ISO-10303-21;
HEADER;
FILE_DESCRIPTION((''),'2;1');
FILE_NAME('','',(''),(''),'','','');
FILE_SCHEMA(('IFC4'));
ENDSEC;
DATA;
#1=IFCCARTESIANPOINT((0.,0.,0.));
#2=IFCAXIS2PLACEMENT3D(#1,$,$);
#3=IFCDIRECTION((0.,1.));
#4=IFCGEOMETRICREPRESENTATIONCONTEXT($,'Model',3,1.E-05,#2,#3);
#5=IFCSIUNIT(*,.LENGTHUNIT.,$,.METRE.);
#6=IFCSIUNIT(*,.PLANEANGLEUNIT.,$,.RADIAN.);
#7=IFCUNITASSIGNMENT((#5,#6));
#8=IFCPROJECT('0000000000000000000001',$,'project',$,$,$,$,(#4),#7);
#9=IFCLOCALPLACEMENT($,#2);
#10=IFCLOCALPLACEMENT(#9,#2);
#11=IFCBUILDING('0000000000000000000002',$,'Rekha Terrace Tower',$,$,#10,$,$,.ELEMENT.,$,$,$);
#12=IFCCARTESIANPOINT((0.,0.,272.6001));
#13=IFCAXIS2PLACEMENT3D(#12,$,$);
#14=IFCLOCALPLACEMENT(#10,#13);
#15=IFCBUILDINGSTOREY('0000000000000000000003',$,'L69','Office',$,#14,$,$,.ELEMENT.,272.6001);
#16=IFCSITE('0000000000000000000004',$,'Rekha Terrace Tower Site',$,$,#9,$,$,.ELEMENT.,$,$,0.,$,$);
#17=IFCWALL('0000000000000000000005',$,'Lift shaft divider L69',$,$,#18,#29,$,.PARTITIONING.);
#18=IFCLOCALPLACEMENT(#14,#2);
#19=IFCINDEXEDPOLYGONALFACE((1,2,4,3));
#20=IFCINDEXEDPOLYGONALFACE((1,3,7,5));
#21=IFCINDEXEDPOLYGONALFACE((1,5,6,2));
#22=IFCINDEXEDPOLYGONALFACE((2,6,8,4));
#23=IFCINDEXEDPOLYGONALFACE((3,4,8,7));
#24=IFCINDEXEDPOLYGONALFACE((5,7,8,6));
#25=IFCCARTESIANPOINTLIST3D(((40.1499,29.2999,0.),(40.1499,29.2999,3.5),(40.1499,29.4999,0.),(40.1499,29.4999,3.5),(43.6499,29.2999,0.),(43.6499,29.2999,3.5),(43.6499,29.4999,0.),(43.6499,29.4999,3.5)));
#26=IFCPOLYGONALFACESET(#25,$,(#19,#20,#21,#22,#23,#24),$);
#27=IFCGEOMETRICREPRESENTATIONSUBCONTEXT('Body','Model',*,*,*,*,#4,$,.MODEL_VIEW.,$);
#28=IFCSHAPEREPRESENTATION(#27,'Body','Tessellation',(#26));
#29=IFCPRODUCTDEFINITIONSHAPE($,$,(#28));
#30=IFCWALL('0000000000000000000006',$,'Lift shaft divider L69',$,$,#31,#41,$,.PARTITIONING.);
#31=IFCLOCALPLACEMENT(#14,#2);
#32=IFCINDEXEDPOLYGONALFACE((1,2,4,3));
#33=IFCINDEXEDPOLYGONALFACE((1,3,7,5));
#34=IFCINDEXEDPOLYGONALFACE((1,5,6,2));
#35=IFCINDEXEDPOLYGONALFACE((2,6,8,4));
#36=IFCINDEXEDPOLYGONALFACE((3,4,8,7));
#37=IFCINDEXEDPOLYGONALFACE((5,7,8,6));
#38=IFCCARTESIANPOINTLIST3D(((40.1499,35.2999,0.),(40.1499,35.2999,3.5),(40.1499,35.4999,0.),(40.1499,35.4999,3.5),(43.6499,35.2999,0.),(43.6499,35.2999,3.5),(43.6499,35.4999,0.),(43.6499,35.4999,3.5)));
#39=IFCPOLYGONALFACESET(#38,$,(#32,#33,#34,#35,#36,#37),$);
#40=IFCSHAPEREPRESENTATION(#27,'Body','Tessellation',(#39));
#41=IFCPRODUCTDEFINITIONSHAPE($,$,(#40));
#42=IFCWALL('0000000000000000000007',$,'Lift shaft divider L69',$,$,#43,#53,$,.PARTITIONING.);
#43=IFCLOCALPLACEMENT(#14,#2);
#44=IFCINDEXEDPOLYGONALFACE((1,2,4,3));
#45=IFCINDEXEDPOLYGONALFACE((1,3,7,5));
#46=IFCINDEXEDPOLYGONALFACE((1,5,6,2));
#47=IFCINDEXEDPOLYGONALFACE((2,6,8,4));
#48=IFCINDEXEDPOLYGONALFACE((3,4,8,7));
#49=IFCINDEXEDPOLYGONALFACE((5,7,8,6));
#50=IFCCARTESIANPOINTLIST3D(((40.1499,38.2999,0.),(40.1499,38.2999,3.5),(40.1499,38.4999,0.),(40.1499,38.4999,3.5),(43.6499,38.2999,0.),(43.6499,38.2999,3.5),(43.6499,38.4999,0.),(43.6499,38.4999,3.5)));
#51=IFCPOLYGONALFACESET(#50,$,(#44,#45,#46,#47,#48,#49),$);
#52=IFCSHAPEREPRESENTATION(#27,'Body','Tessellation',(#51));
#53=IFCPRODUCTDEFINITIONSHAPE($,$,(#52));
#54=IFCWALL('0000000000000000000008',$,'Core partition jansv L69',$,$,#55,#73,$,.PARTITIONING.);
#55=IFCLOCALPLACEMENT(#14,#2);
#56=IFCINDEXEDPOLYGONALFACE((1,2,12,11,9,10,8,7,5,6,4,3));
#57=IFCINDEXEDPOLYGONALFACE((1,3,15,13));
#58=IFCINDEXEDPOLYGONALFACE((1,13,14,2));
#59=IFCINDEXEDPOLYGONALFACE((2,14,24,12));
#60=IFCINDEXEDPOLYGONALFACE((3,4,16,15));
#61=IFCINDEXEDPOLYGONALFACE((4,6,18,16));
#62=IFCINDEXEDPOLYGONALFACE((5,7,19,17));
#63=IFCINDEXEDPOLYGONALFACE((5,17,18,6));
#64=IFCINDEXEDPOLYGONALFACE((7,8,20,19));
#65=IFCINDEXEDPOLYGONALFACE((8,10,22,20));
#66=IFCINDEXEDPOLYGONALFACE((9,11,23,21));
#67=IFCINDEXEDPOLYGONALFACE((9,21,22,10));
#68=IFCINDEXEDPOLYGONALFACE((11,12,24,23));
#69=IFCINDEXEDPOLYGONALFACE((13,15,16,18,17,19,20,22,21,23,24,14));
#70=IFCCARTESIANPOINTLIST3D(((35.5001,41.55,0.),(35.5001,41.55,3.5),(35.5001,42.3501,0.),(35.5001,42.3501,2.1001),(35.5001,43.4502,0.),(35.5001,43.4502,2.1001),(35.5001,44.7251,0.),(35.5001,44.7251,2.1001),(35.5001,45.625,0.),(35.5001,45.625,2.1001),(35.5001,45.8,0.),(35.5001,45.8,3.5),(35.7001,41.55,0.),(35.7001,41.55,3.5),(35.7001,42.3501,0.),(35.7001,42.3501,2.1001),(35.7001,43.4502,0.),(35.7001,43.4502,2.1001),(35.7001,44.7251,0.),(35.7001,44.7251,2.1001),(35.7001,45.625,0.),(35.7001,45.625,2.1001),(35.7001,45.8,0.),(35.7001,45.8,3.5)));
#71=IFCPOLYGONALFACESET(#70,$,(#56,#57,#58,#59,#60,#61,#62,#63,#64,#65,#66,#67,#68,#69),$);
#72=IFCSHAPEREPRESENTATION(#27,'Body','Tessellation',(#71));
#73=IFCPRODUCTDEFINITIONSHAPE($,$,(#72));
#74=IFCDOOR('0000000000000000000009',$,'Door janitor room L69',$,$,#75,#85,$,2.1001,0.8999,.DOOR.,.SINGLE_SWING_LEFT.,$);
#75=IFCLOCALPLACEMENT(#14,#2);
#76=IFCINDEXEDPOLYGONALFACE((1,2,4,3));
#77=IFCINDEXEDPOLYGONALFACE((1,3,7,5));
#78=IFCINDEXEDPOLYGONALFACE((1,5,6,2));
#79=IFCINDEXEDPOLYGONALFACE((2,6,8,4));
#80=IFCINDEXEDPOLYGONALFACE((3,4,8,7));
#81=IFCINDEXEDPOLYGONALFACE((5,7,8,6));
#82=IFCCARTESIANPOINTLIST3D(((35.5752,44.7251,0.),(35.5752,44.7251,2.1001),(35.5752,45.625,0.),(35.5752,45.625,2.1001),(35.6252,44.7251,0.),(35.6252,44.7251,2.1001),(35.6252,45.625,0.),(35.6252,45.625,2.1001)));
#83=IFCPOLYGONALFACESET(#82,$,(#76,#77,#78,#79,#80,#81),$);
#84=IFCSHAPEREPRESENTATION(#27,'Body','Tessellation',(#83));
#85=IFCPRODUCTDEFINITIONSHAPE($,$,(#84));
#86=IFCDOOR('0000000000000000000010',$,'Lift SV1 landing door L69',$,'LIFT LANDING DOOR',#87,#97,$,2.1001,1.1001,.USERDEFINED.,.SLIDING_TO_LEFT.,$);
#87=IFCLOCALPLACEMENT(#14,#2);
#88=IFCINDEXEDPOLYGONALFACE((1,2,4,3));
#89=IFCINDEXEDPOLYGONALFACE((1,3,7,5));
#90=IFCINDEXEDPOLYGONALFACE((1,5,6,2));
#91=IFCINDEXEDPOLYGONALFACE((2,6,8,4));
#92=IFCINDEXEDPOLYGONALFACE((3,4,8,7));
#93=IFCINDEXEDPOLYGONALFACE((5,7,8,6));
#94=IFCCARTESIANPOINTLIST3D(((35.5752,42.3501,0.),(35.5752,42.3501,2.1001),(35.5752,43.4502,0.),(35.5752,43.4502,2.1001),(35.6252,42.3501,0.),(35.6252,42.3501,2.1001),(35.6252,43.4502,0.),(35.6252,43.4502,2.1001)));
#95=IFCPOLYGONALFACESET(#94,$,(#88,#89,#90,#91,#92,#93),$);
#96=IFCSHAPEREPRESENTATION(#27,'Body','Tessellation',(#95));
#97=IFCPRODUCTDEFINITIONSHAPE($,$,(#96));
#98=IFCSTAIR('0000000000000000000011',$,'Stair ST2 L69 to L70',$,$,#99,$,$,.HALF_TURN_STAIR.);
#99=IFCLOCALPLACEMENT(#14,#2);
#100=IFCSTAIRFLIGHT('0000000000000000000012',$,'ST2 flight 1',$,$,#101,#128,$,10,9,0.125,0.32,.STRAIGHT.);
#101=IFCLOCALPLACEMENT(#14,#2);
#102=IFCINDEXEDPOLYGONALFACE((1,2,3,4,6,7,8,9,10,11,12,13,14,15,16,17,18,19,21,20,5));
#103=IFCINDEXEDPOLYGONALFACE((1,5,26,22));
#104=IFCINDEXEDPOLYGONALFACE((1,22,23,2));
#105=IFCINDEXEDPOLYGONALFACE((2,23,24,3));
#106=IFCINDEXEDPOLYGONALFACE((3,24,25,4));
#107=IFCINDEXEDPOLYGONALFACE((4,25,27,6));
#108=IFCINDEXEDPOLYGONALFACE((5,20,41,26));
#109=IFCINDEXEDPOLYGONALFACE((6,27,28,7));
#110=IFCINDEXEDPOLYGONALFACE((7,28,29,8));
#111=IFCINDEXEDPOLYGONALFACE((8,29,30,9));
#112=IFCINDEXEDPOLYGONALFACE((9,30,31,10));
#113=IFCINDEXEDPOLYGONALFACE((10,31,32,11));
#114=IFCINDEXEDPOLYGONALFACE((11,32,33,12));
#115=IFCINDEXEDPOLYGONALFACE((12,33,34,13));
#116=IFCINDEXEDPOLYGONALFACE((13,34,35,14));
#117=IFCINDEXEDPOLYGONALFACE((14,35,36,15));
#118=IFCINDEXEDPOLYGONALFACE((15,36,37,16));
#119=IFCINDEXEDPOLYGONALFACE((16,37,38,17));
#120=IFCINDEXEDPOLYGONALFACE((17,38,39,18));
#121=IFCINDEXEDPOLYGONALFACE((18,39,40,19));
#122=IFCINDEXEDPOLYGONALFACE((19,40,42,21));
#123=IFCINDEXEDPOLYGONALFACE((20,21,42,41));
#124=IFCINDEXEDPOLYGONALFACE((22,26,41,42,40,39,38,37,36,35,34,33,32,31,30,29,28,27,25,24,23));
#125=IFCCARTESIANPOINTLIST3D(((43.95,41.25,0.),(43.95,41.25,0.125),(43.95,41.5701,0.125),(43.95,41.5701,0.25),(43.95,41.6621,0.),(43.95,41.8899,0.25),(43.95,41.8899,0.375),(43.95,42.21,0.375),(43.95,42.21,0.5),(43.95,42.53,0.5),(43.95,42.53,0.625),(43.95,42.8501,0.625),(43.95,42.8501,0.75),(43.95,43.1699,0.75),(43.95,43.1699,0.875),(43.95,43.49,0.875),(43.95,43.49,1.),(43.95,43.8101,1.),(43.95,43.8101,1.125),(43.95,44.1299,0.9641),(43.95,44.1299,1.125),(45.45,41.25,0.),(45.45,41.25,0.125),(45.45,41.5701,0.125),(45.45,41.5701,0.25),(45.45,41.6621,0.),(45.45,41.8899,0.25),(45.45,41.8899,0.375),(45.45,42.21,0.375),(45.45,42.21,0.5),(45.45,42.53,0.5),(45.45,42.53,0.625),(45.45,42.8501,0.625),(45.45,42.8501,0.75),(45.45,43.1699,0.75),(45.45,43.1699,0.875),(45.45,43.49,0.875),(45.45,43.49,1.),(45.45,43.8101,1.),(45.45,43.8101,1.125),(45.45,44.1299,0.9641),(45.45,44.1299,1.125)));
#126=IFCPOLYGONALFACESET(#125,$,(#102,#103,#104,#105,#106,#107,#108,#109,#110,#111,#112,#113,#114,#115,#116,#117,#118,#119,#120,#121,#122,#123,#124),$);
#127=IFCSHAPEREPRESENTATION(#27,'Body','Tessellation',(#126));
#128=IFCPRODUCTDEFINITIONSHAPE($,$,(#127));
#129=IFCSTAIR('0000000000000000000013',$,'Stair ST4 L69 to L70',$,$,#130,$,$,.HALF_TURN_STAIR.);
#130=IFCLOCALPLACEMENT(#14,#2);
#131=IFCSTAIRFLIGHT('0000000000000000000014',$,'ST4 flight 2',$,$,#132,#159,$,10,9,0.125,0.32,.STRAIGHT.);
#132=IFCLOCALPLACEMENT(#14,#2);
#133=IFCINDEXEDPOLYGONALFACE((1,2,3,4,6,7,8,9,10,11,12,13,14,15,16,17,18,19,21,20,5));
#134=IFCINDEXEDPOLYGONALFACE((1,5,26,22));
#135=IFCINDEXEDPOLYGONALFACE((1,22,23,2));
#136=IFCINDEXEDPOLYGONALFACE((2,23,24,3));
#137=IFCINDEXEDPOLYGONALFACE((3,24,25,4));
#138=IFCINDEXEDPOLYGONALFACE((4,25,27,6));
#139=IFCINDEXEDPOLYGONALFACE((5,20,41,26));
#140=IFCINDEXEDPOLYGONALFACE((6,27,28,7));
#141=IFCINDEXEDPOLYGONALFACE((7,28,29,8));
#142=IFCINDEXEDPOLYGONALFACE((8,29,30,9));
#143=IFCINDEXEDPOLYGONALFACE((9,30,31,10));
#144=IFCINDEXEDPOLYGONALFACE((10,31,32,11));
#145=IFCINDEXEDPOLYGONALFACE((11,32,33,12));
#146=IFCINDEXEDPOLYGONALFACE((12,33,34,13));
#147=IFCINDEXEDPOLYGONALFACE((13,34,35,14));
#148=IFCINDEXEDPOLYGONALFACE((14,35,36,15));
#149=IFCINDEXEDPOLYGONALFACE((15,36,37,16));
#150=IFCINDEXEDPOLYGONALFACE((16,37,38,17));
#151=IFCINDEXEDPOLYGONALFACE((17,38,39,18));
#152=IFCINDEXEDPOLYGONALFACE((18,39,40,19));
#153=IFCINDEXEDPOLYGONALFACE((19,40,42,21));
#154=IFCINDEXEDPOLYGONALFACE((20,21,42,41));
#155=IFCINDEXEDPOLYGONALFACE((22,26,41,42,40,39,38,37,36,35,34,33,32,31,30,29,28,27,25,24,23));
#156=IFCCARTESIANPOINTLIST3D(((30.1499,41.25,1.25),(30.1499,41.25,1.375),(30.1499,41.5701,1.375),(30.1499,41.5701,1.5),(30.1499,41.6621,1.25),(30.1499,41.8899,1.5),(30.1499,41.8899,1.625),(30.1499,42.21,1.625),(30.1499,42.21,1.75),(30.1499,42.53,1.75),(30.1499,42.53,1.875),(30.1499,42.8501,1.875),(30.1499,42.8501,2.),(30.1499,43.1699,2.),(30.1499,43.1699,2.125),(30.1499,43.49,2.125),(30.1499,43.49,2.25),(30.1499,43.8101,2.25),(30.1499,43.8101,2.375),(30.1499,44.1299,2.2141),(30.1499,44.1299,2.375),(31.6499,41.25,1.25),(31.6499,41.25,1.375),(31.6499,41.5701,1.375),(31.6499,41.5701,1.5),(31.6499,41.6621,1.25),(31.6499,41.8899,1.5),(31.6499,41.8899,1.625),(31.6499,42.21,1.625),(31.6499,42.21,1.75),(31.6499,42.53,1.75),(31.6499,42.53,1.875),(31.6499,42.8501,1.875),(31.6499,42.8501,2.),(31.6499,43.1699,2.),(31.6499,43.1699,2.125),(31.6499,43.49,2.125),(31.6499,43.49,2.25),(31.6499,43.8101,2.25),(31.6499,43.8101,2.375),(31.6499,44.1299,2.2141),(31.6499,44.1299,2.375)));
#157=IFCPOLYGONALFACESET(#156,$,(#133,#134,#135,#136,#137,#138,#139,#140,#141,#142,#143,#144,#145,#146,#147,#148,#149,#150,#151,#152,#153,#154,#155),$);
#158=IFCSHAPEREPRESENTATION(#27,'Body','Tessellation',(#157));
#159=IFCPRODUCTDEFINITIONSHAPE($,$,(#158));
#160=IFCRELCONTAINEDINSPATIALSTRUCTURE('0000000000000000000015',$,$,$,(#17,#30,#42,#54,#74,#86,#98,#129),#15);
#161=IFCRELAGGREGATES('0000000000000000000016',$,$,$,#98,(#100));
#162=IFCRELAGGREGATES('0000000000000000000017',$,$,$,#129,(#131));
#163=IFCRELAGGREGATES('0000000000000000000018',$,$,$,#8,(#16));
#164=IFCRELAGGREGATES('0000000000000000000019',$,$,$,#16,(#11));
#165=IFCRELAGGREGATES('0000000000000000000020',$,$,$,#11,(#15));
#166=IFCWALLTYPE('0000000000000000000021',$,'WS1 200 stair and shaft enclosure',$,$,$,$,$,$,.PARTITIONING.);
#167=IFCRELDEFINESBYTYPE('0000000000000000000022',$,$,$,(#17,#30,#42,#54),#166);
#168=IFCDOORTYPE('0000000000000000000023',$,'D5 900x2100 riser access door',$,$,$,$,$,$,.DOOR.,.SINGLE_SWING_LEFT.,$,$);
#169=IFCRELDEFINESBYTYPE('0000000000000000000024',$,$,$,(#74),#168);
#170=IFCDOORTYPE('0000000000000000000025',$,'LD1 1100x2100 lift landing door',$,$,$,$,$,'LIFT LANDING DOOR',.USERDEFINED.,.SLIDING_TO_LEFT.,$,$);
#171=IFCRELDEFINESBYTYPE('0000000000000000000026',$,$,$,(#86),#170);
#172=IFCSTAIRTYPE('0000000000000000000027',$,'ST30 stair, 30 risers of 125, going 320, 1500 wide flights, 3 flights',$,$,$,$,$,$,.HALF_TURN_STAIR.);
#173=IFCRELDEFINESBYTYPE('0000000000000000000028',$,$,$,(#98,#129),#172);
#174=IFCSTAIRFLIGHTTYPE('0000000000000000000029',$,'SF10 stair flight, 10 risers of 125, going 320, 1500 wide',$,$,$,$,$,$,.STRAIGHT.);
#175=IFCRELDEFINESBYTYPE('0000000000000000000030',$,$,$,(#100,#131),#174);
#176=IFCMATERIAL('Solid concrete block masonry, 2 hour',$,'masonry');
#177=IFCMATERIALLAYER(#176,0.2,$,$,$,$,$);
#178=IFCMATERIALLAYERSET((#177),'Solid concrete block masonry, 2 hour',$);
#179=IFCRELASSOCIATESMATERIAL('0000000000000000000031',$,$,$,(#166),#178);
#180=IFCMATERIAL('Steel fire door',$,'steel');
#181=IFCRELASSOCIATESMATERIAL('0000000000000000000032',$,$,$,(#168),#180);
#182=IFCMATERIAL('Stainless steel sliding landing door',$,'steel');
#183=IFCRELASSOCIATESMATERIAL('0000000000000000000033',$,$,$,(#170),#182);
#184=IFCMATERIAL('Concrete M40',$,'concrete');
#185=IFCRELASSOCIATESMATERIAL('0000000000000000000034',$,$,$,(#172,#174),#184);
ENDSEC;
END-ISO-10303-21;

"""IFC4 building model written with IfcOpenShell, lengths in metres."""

from ifc_helpers import new_model, si_unit, direction, frame, frame_2d, origin, place, context, subcontext, project, spatial, polyline, rectangle, outline, extrude, material, layer, layer_set, type_object, element, fill, aggregate, save


model = new_model("IFC4")

# Units and contexts
model_context = context("Model", 3, precision=1e-05, world=origin(), true_north=direction((0.0, 1.0)))
body_context = subcontext(model_context, "Body", "Model", "MODEL_VIEW")
ifc_project = project(units=[si_unit("LENGTHUNIT", "METRE"), si_unit("PLANEANGLEUNIT", "RADIAN")], contexts=[model_context])

# Site, building, storey
site_placement = place(None, origin())
site = spatial("IfcSite", under=ifc_project, at=site_placement, Name="Rekha Terrace Tower Site", CompositionType="ELEMENT", RefElevation=0.0)
building_placement = place(site_placement, origin())
building = spatial("IfcBuilding", under=site, at=building_placement, Name="Rekha Terrace Tower", CompositionType="ELEMENT")
storey_placement = place(building_placement, frame((0.0, 0.0, 272.6001)))
storey = spatial("IfcBuildingStorey", under=building, at=storey_placement, Name="L69", Description="Office", CompositionType="ELEMENT", Elevation=272.6001)

# Shared definitions
ifc_material_1 = material(Name="Stainless steel sliding landing door", Category="steel")
ifc_material_2 = material(Name="Steel fire door", Category="steel")

# Walls
ifc_material_3 = material(Name="Solid concrete block masonry, 2 hour", Category="masonry")
ifc_layer_1 = layer(ifc_material_3, 0.2)
ifc_layer_set_1 = layer_set([ifc_layer_1], Name="Solid concrete block masonry, 2 hour")
wall_type_1 = type_object("IfcWallType", Name="WS1 200 stair and shaft enclosure", PredefinedType="PARTITIONING", material=ifc_layer_set_1)
for number, where, z_axis, x_axis, name in (
    (1, (40.1499, 29.3999, 0.0), (0.0, 0.0, 1.0), (1.0, 0.0, 0.0), "Lift shaft divider L69"),
    (2, (40.1499, 35.3999, 0.0), (0.0, 0.0, 1.0), (1.0, 0.0, 0.0), "Lift shaft divider L69"),
    (3, (40.1499, 38.3999, 0.0), (0.0, 0.0, 1.0), (1.0, 0.0, 0.0), "Lift shaft divider L69"),
):
    element("IfcWall", number, at=place(storey_placement, frame(where, z_axis=z_axis, x_axis=x_axis)), inside=storey, type_object=wall_type_1, Name=name, PredefinedType="PARTITIONING", context=body_context, shape_type="SweptSolid", body=[
        extrude(rectangle(XDim=3.5, YDim=0.2, at=frame_2d((1.75, 0.0))), origin(), (0.0, 0.0, 1.0), 3.5),
    ])

# Wall, openings, doors
wall_1_placement = place(storey_placement, frame((35.6001, 41.55, 0.0), z_axis=(0.0, 0.0, 1.0), x_axis=(0.0, 1.0, 0.0)))
wall_1 = element("IfcWall", 4, at=wall_1_placement, inside=storey, type_object=wall_type_1, Name="Core partition jansv L69", PredefinedType="PARTITIONING", context=body_context, shape_type="SweptSolid", body=[
    extrude(rectangle(XDim=4.25, YDim=0.2, at=frame_2d((2.125, 0.0))), origin(), (0.0, 0.0, 1.0), 3.5),
])
opening_1_placement = place(wall_1_placement, frame((3.175, 0.0, 0.0)))
opening_1 = element("IfcOpeningElement", 5, at=opening_1_placement, cuts=wall_1, PredefinedType="OPENING", context=body_context, shape_type="SweptSolid", body=[
    extrude(rectangle(XDim=0.8999, YDim=2.1001, at=frame_2d((0.45, 1.05))), frame((0.0, 0.1099, 0.0), z_axis=(0.0, -1.0, 0.0), x_axis=(1.0, 0.0, 0.0)), (0.0, 0.0, 1.0), 0.22),
])
opening_2_placement = place(wall_1_placement, frame((0.8, 0.0, 0.0)))
opening_2 = element("IfcOpeningElement", 6, at=opening_2_placement, cuts=wall_1, PredefinedType="OPENING", context=body_context, shape_type="SweptSolid", body=[
    extrude(rectangle(XDim=1.1001, YDim=2.1001, at=frame_2d((0.55, 1.05))), frame((0.0, 0.1099, 0.0), z_axis=(0.0, -1.0, 0.0), x_axis=(1.0, 0.0, 0.0)), (0.0, 0.0, 1.0), 0.22),
])
door_type_1 = type_object("IfcDoorType", Name="D5 900x2100 riser access door", OperationType="SINGLE_SWING_LEFT", PredefinedType="DOOR", material=ifc_material_2)
door_1_placement = place(opening_1_placement, origin())
door_1 = element("IfcDoor", 7, at=door_1_placement, inside=storey, type_object=door_type_1, Name="Door janitor room L69", OperationType="SINGLE_SWING_LEFT", OverallHeight=2.1001, OverallWidth=0.8999, PredefinedType="DOOR", context=body_context, shape_type="SweptSolid", body=[
    extrude(rectangle(XDim=0.8999, YDim=2.1001, at=frame_2d((0.45, 1.05))), frame((0.0, 0.0249, 0.0), z_axis=(0.0, -1.0, 0.0), x_axis=(1.0, 0.0, 0.0)), (0.0, 0.0, 1.0), 0.05),
])
fill(opening_1, door_1)
door_type_2 = type_object("IfcDoorType", Name="LD1 1100x2100 lift landing door", ElementType="LIFT LANDING DOOR", OperationType="SLIDING_TO_LEFT", PredefinedType="USERDEFINED", material=ifc_material_1)
door_2_placement = place(opening_2_placement, origin())
door_2 = element("IfcDoor", 8, at=door_2_placement, inside=storey, type_object=door_type_2, Name="Lift SV1 landing door L69", ObjectType="LIFT LANDING DOOR", OperationType="SLIDING_TO_LEFT", OverallHeight=2.1001, OverallWidth=1.1001, PredefinedType="USERDEFINED", context=body_context, shape_type="SweptSolid", body=[
    extrude(rectangle(XDim=1.1001, YDim=2.1001, at=frame_2d((0.55, 1.05))), frame((0.0, 0.0249, 0.0), z_axis=(0.0, -1.0, 0.0), x_axis=(1.0, 0.0, 0.0)), (0.0, 0.0, 1.0), 0.05),
])
fill(opening_2, door_2)

# Stairs, stair flights
ifc_material_4 = material(Name="Concrete M40", Category="concrete")
stair_type = type_object("IfcStairType", Name="ST30 stair, 30 risers of 125, going 320, 1500 wide flights, 3 flights", PredefinedType="HALF_TURN_STAIR", material=ifc_material_4)
stair_1_placement = place(storey_placement, origin())
stair_1 = element("IfcStair", 9, at=stair_1_placement, inside=storey, type_object=stair_type, Name="Stair ST2 L69 to L70", PredefinedType="HALF_TURN_STAIR")
stair_flight_type = type_object("IfcStairFlightType", Name="SF10 stair flight, 10 risers of 125, going 320, 1500 wide", PredefinedType="STRAIGHT", material=ifc_material_4)
stair_flight_1_placement = place(storey_placement, frame((44.7, 41.25, 0.0), z_axis=(0.0, 0.0, 1.0), x_axis=(0.0, 1.0, 0.0)))
stair_flight_1 = element("IfcStairFlight", 10, at=stair_flight_1_placement, type_object=stair_flight_type, Name="ST2 flight 1", NumberOfRisers=10, NumberOfTreads=9, PredefinedType="STRAIGHT", RiserHeight=0.125, TreadLength=0.32, context=body_context, shape_type="SweptSolid", body=[
    extrude(outline(polyline([(0.0, 0.0), (0.0, 0.125), (0.3201, 0.125), (0.3201, 0.25), (0.6399, 0.25), (0.6399, 0.375), (0.96, 0.375), (0.96, 0.5), (1.28, 0.5), (1.28, 0.625), (1.6001, 0.625), (1.6001, 0.75), (1.9199, 0.75), (1.9199, 0.875), (2.24, 0.875), (2.24, 1.0), (2.5601, 1.0), (2.5601, 1.125), (2.8799, 1.125), (2.8799, 1.25), (2.8799, 0.9641), (0.4121, 0.0), (0.0, 0.0)])), frame((0.0, 0.75, 0.0), z_axis=(0.0, -1.0, 0.0), x_axis=(1.0, 0.0, 0.0)), (0.0, 0.0, 1.0), 1.5),
])
aggregate(stair_1, [stair_flight_1])
stair_2_placement = place(storey_placement, origin())
stair_2 = element("IfcStair", 11, at=stair_2_placement, inside=storey, type_object=stair_type, Name="Stair ST4 L69 to L70", PredefinedType="HALF_TURN_STAIR")
stair_flight_2_placement = place(storey_placement, frame((30.8999, 41.25, 1.25), z_axis=(0.0, 0.0, 1.0), x_axis=(0.0, 1.0, 0.0)))
stair_flight_2 = element("IfcStairFlight", 12, at=stair_flight_2_placement, type_object=stair_flight_type, Name="ST4 flight 2", NumberOfRisers=10, NumberOfTreads=9, PredefinedType="STRAIGHT", RiserHeight=0.125, TreadLength=0.32, context=body_context, shape_type="SweptSolid", body=[
    extrude(outline(polyline([(0.0, 0.0), (0.0, 0.125), (0.3201, 0.125), (0.3201, 0.25), (0.6399, 0.25), (0.6399, 0.375), (0.96, 0.375), (0.96, 0.5), (1.28, 0.5), (1.28, 0.625), (1.6001, 0.625), (1.6001, 0.75), (1.9199, 0.75), (1.9199, 0.875), (2.24, 0.875), (2.24, 1.0), (2.5601, 1.0), (2.5601, 1.125), (2.8799, 1.125), (2.8799, 1.25), (2.8799, 0.9641), (0.4121, 0.0), (0.0, 0.0)])), frame((0.0, 0.75, 0.0), z_axis=(0.0, -1.0, 0.0), x_axis=(1.0, 0.0, 0.0)), (0.0, 0.0, 1.0), 1.5),
])
aggregate(stair_2, [stair_flight_2])

save(model, "model.ifc")
